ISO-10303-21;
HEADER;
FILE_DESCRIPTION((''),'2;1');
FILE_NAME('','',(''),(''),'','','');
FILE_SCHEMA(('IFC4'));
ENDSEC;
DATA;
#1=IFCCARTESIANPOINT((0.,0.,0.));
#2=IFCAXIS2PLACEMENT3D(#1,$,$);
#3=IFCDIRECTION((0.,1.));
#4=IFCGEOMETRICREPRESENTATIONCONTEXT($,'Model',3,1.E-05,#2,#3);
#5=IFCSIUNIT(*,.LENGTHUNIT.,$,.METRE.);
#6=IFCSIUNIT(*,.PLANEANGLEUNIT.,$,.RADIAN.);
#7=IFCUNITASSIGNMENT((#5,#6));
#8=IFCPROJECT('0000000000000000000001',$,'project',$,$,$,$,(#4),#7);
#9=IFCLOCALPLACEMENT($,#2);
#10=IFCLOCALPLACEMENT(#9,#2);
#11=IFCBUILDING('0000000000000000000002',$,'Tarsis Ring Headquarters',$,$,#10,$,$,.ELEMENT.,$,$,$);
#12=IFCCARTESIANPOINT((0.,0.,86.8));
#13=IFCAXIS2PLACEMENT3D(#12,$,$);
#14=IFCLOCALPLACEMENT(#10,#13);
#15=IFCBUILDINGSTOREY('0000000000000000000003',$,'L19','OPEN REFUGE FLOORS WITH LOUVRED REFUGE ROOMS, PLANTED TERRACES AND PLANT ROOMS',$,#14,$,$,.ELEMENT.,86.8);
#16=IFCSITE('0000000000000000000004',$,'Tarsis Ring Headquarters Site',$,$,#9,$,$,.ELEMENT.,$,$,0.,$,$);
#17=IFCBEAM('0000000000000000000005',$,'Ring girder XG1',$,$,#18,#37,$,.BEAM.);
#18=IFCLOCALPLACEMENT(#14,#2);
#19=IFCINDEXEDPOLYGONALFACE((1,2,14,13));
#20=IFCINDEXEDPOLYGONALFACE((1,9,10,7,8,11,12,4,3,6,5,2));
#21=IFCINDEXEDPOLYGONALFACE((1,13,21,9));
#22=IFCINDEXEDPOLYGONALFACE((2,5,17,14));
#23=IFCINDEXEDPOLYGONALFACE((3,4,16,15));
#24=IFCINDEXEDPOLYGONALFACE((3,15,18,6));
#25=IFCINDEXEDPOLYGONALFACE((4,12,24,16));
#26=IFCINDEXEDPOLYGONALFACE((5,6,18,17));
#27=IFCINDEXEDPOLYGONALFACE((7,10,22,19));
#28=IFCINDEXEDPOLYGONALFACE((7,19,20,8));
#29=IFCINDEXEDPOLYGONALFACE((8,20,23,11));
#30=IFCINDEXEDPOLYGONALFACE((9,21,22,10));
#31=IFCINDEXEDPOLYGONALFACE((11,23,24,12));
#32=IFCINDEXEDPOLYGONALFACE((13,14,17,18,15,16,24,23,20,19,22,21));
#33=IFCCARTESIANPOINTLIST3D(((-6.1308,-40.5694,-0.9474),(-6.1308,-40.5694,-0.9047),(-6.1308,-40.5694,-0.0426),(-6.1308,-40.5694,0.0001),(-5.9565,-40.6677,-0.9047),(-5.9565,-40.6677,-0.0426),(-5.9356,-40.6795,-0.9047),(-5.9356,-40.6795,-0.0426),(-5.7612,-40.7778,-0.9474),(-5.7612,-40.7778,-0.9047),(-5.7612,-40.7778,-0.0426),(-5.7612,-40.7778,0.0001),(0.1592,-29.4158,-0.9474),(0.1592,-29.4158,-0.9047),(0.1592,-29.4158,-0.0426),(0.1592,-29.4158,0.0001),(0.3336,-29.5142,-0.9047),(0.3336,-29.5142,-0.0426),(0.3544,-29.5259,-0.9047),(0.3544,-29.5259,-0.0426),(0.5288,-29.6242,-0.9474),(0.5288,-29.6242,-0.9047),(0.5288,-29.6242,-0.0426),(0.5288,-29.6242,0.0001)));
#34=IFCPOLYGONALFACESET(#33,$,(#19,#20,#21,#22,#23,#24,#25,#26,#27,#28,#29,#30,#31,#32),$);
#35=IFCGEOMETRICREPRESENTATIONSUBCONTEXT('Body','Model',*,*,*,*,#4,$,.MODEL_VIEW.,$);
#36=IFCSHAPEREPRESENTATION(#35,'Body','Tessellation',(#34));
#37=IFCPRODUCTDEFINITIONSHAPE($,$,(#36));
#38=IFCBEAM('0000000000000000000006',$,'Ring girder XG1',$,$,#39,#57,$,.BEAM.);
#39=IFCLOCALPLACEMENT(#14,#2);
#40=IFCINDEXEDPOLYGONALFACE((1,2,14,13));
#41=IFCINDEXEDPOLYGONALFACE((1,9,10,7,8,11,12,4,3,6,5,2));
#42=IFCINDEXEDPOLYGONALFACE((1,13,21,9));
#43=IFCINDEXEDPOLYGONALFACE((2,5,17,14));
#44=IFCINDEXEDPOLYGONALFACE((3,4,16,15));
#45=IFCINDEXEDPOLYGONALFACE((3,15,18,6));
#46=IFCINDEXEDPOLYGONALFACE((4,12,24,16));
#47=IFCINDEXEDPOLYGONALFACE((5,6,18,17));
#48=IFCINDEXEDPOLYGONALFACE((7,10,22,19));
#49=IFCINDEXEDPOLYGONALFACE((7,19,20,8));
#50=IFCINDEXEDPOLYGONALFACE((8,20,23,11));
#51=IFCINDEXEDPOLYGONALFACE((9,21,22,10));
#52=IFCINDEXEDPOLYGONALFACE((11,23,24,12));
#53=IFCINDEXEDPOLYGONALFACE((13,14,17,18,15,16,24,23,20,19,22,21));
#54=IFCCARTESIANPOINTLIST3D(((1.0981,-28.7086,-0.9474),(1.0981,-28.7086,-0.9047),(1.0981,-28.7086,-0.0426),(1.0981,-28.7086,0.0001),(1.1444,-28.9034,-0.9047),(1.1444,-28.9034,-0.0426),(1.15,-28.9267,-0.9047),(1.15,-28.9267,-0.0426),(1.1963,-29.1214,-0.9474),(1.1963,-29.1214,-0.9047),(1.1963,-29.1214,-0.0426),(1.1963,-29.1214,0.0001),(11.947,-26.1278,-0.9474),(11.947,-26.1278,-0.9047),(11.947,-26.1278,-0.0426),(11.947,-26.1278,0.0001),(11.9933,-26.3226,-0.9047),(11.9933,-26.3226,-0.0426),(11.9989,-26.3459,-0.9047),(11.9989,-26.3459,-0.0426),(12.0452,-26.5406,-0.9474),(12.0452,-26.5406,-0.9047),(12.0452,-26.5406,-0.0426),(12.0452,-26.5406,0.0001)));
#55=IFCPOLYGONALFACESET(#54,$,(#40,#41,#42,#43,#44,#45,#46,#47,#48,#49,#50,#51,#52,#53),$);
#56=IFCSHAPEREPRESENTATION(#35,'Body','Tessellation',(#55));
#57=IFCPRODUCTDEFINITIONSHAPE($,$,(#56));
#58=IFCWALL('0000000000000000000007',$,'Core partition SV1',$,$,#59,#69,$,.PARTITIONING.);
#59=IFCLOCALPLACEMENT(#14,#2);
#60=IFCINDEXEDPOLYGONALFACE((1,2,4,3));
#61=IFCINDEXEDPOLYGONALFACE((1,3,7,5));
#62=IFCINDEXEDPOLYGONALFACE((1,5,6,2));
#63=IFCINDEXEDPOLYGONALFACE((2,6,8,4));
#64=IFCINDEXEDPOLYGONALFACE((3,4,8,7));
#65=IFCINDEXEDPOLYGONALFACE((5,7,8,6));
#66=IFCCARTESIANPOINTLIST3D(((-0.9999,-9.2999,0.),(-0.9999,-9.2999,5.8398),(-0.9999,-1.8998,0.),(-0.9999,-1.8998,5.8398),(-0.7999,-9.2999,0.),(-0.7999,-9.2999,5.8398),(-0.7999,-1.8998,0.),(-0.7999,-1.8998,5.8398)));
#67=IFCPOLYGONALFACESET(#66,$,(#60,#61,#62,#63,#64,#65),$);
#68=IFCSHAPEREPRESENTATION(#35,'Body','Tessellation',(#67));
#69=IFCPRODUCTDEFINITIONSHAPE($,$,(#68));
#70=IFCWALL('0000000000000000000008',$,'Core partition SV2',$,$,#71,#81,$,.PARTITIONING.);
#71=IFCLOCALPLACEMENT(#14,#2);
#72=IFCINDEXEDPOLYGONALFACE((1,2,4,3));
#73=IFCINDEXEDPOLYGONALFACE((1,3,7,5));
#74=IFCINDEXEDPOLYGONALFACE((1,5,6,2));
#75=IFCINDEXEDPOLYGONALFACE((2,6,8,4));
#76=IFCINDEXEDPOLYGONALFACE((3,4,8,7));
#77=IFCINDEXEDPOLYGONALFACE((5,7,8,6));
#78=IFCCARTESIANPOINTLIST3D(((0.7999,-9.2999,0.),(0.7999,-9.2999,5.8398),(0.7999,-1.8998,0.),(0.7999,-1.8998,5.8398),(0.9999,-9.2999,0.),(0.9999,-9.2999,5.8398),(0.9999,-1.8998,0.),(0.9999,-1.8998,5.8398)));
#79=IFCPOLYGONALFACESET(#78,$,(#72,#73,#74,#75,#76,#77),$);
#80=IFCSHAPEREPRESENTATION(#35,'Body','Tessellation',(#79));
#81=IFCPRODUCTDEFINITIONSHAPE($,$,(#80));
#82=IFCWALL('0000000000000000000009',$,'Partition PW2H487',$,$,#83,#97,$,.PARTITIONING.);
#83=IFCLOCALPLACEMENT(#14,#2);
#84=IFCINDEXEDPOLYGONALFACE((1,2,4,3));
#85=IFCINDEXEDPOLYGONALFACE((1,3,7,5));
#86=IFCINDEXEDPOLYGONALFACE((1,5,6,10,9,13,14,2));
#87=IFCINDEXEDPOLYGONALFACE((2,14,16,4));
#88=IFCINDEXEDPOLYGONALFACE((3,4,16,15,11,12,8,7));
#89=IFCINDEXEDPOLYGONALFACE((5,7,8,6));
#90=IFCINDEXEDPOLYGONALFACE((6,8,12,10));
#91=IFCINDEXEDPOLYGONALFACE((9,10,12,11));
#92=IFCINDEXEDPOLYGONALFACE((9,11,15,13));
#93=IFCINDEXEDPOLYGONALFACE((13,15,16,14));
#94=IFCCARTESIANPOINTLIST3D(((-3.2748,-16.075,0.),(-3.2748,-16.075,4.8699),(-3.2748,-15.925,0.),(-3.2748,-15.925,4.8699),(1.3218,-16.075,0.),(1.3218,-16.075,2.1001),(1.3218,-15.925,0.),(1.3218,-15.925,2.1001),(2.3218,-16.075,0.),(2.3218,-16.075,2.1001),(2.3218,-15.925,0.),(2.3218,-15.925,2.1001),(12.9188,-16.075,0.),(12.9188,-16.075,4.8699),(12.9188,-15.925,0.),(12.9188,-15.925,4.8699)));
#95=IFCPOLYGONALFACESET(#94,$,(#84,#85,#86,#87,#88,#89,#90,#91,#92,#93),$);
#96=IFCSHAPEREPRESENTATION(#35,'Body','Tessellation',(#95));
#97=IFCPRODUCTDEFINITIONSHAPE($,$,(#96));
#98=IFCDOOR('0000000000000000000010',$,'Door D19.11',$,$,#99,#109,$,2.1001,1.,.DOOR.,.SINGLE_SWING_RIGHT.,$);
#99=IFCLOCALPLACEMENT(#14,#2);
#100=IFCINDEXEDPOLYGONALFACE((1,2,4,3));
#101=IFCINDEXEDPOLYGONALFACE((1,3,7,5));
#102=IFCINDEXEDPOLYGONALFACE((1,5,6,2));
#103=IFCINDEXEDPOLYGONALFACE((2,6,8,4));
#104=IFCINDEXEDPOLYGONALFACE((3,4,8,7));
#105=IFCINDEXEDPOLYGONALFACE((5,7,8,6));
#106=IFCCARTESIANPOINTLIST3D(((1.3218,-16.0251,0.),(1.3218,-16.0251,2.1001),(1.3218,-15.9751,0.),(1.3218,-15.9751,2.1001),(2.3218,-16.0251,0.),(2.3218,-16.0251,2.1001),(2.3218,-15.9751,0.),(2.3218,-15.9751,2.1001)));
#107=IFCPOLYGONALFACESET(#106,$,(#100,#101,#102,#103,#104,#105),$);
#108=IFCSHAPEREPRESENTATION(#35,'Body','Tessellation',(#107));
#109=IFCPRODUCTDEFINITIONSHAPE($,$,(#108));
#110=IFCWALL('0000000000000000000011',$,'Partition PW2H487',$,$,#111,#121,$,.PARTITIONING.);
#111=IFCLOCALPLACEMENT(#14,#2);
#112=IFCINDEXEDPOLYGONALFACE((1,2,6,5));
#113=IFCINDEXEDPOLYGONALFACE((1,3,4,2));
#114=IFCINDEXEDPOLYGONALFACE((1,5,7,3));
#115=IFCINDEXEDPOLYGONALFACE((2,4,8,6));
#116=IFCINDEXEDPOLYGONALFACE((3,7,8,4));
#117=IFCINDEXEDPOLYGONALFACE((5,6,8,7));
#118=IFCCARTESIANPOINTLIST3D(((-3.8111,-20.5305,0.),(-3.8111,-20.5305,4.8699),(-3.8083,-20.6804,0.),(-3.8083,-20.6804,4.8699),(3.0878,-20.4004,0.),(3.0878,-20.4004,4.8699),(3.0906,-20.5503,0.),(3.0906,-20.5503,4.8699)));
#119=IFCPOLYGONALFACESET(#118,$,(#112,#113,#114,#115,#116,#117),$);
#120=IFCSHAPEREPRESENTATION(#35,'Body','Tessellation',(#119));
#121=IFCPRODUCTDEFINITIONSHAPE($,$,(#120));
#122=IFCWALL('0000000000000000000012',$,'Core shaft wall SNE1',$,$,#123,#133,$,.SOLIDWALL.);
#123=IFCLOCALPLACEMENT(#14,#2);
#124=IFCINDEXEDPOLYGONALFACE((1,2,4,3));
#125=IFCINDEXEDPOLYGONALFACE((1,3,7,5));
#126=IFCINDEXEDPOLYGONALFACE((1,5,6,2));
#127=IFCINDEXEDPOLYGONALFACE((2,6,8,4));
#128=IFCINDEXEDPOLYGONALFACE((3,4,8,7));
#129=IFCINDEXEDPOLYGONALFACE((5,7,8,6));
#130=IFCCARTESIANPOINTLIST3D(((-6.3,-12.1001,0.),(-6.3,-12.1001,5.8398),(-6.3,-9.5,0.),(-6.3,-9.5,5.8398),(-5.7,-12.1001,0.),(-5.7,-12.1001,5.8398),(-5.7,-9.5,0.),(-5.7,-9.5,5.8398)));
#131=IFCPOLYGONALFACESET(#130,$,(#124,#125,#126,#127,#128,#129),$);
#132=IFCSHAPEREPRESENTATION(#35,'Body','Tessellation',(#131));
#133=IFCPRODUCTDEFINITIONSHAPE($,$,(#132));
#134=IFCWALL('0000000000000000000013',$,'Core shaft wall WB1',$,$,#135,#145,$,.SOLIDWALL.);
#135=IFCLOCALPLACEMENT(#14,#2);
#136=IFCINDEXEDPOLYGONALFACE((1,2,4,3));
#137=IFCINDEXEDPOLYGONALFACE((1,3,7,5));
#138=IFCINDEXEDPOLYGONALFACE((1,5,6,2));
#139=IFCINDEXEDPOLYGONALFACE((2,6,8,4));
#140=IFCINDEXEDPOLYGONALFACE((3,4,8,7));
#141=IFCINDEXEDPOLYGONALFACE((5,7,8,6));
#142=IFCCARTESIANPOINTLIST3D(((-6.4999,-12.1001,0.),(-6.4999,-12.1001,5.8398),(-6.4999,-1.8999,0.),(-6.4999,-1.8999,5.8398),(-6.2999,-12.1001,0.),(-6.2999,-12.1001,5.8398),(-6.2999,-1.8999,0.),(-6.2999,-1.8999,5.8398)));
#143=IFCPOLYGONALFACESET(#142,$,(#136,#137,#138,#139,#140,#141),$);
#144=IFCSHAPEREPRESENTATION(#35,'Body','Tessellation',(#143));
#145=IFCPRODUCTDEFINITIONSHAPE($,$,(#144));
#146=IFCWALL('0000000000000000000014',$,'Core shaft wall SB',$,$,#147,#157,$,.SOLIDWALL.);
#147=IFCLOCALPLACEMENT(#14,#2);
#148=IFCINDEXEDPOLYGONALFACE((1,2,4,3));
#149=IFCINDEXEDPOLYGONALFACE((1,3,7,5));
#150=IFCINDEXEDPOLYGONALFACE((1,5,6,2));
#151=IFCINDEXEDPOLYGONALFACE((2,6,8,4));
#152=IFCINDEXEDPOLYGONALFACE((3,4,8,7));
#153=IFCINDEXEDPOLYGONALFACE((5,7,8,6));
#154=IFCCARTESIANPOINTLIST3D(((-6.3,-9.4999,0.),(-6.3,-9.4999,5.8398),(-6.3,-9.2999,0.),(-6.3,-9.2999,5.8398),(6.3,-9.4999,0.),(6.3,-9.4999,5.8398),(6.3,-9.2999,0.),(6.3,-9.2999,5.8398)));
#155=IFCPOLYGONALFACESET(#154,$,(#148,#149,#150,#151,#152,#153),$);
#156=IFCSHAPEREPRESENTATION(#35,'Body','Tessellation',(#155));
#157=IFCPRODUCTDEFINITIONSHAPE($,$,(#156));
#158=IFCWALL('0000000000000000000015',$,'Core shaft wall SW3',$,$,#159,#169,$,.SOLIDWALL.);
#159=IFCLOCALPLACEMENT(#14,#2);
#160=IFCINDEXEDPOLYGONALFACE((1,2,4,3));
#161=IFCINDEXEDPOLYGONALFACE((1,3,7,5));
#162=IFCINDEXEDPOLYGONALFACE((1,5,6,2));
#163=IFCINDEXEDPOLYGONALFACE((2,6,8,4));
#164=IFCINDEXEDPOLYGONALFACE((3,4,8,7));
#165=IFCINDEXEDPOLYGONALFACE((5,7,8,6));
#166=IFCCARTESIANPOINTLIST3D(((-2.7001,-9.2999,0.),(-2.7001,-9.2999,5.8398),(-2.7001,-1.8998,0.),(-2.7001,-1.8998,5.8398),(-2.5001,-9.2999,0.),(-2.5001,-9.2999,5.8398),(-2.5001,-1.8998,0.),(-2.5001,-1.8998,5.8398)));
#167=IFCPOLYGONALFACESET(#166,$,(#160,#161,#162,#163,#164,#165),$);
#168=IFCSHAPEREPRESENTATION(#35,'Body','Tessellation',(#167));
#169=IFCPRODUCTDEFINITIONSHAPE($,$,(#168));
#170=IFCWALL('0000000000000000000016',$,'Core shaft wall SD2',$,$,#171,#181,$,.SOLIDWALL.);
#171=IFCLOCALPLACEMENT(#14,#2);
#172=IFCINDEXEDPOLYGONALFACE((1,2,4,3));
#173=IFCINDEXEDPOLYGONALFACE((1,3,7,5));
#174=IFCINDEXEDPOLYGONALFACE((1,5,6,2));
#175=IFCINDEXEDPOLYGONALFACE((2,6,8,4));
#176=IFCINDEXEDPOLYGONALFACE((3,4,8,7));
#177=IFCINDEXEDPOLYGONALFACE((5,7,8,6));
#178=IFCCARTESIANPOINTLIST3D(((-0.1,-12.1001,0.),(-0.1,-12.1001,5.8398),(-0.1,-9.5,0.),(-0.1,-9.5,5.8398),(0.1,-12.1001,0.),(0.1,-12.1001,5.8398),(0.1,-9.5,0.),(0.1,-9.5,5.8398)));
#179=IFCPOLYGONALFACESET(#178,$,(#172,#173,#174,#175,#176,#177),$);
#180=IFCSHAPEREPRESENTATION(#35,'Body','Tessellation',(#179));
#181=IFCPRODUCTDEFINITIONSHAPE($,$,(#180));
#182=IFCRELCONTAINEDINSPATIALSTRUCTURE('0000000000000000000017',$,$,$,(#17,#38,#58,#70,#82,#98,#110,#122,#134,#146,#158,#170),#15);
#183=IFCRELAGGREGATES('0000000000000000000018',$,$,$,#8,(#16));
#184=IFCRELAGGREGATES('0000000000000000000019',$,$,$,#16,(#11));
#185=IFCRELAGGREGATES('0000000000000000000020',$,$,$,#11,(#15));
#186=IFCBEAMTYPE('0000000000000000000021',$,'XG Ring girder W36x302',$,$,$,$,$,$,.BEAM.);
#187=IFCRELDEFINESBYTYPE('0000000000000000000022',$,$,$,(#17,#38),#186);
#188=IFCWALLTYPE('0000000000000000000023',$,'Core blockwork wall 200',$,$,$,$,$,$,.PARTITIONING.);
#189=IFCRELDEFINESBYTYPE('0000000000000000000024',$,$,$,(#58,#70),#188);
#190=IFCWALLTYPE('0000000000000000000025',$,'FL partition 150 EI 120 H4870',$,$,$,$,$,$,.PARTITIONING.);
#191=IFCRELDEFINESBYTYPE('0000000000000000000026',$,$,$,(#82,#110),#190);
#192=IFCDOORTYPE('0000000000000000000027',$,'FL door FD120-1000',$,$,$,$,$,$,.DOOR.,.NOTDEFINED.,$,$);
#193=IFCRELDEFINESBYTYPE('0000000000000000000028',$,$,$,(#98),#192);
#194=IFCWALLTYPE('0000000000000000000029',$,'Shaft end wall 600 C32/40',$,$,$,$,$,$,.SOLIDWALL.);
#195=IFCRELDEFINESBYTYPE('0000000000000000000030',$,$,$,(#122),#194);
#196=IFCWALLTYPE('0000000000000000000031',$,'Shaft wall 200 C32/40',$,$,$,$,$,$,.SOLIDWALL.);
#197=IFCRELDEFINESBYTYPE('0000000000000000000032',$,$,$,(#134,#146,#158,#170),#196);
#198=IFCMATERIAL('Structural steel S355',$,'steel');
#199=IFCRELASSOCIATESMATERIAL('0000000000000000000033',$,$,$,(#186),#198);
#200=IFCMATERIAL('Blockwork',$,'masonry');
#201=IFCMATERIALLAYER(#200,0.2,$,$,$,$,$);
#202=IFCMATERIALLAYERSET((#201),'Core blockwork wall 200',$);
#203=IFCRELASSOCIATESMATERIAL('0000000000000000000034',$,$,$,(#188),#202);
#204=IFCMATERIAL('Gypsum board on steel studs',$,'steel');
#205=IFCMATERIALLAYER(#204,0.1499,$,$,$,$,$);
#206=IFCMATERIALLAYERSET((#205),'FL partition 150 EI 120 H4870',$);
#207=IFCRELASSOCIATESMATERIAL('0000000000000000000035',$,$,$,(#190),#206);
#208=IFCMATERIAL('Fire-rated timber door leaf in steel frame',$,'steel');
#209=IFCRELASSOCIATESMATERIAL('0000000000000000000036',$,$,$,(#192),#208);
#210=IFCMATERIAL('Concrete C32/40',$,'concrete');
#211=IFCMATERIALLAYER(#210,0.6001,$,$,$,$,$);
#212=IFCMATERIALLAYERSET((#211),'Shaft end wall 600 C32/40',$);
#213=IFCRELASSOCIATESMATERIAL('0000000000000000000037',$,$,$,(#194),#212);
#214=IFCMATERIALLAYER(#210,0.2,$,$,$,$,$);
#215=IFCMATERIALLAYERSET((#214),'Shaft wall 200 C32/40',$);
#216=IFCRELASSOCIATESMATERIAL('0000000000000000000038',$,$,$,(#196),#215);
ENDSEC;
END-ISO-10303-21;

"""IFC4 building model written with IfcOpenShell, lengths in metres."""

from ifc_helpers import new_model, si_unit, direction, frame, frame_2d, origin, origin_2d, place, context, subcontext, project, spatial, rectangle, i_section, extrude, material, layer, layer_set, material_profile, profile_set, type_object, element, fill, save


model = new_model("IFC4")

# Units and contexts
model_context = context("Model", 3, precision=1e-05, world=origin(), true_north=direction((0.0, 1.0)))
body_context = subcontext(model_context, "Body", "Model", "MODEL_VIEW")
ifc_project = project(units=[si_unit("LENGTHUNIT", "METRE"), si_unit("PLANEANGLEUNIT", "RADIAN")], contexts=[model_context])

# Site, building, storey
site_placement = place(None, origin())
site = spatial("IfcSite", under=ifc_project, at=site_placement, Name="Tarsis Ring Headquarters Site", CompositionType="ELEMENT", RefElevation=0.0)
building_placement = place(site_placement, origin())
building = spatial("IfcBuilding", under=site, at=building_placement, Name="Tarsis Ring Headquarters", CompositionType="ELEMENT")
storey_placement = place(building_placement, frame((0.0, 0.0, 86.8)))
storey = spatial("IfcBuildingStorey", under=building, at=storey_placement, Name="L19", Description="OPEN REFUGE FLOORS WITH LOUVRED REFUGE ROOMS, PLANTED TERRACES AND PLANT ROOMS", CompositionType="ELEMENT", Elevation=86.8)

# Shared definitions
ifc_material_1 = material(Name="Structural steel S355", Category="steel")

# Beams
ifc_material_profile_1 = material_profile(ifc_material_1, i_section(OverallWidth=0.4243, OverallDepth=0.9475, WebThickness=0.0239, FlangeThickness=0.0427, at=origin_2d()), Name="W36x302")
ifc_profile_set_1 = profile_set([ifc_material_profile_1], Name="Structural steel S355")
beam_type_1 = type_object("IfcBeamType", Name="XG Ring girder W36x302", PredefinedType="BEAM", material=ifc_profile_set_1)
beam_1_placement = place(storey_placement, frame((-5.946, -40.6736, -0.4736), z_axis=(0.49122, 0.871036, 0.0), x_axis=(-0.871036, 0.49122, 0.0)))
element("IfcBeam", 1, at=beam_1_placement, inside=storey, type_object=beam_type_1, Name="Ring girder XG1", PredefinedType="BEAM", context=body_context, shape_type="SweptSolid", body=[
    extrude(i_section(OverallWidth=0.4243, OverallDepth=0.9475, WebThickness=0.0239, FlangeThickness=0.0427, at=origin_2d()), origin(), (0.0, 0.0, 1.0), 12.8049),
])
beam_2_placement = place(storey_placement, frame((1.1472, -28.915, -0.4736), z_axis=(0.972852, 0.231429, 0.0), x_axis=(-0.231429, 0.972852, 0.0)))
element("IfcBeam", 2, at=beam_2_placement, inside=storey, type_object=beam_type_1, Name="Ring girder XG1", PredefinedType="BEAM", context=body_context, shape_type="SweptSolid", body=[
    extrude(i_section(OverallWidth=0.4243, OverallDepth=0.9475, WebThickness=0.0239, FlangeThickness=0.0427, at=origin_2d()), origin(), (0.0, 0.0, 1.0), 11.1516),
])

# Walls
ifc_material_2 = material(Name="Blockwork", Category="masonry")
ifc_layer_1 = layer(ifc_material_2, 0.2)
ifc_layer_set_1 = layer_set([ifc_layer_1], Name="Core blockwork wall 200")
wall_type_1 = type_object("IfcWallType", Name="Core blockwork wall 200", PredefinedType="PARTITIONING", material=ifc_layer_set_1)
for number, where, z_axis, x_axis, name in (
    (3, (-0.8999, -9.3, 0.0), (0.0, 0.0, 1.0), (0.0, 1.0, 0.0), "Core partition SV1"),
    (4, (0.8999, -9.3, 0.0), (0.0, 0.0, 1.0), (0.0, 1.0, 0.0), "Core partition SV2"),
):
    element("IfcWall", number, at=place(storey_placement, frame(where, z_axis=z_axis, x_axis=x_axis)), inside=storey, type_object=wall_type_1, Name=name, PredefinedType="PARTITIONING", context=body_context, shape_type="SweptSolid", body=[
        extrude(rectangle(XDim=7.4001, YDim=0.2, at=frame_2d((3.7002, 0.0))), origin(), (0.0, 0.0, 1.0), 5.8398),
    ])

# Wall, opening, door
ifc_material_3 = material(Name="Gypsum board on steel studs", Category="steel")
ifc_layer_2 = layer(ifc_material_3, 0.1499)
ifc_layer_set_2 = layer_set([ifc_layer_2], Name="FL partition 150 EI 120 H4870")
wall_type_2 = type_object("IfcWallType", Name="FL partition 150 EI 120 H4870", PredefinedType="PARTITIONING", material=ifc_layer_set_2)
wall_1_placement = place(storey_placement, frame((-3.2747, -16.0, 0.0), z_axis=(0.0, 0.0, 1.0), x_axis=(1.0, 0.0, 0.0)))
wall_1 = element("IfcWall", 5, at=wall_1_placement, inside=storey, type_object=wall_type_2, Name="Partition PW2H487", PredefinedType="PARTITIONING", context=body_context, shape_type="SweptSolid", body=[
    extrude(rectangle(XDim=16.1936, YDim=0.1499, at=frame_2d((8.0967, 0.0))), origin(), (0.0, 0.0, 1.0), 4.8699),
])
opening_placement = place(wall_1_placement, frame((4.5964, 0.0, 0.0)))
opening = element("IfcOpeningElement", 6, at=opening_placement, cuts=wall_1, PredefinedType="OPENING", context=body_context, shape_type="SweptSolid", body=[
    extrude(rectangle(XDim=1.0, YDim=2.1001, at=frame_2d((0.5, 1.05))), frame((0.0, 0.085, 0.0), z_axis=(0.0, -1.0, 0.0), x_axis=(1.0, 0.0, 0.0)), (0.0, 0.0, 1.0), 0.1699),
])
ifc_material_4 = material(Name="Fire-rated timber door leaf in steel frame", Category="steel")
door_type = type_object("IfcDoorType", Name="FL door FD120-1000", OperationType="NOTDEFINED", PredefinedType="DOOR", material=ifc_material_4)
door_placement = place(opening_placement, origin())
door = element("IfcDoor", 7, at=door_placement, inside=storey, type_object=door_type, Name="Door D19.11", OperationType="SINGLE_SWING_RIGHT", OverallHeight=2.1001, OverallWidth=1.0, PredefinedType="DOOR", context=body_context, shape_type="SweptSolid", body=[
    extrude(rectangle(XDim=1.0, YDim=2.1001, at=frame_2d((0.5, 1.05))), frame((0.0, 0.0249, 0.0), z_axis=(0.0, -1.0, 0.0), x_axis=(1.0, 0.0, 0.0)), (0.0, 0.0, 1.0), 0.05),
])
fill(opening, door)

# Walls
wall_2_placement = place(storey_placement, frame((-3.8098, -20.6055, 0.0), z_axis=(0.0, 0.0, 1.0), x_axis=(0.999822, 0.018859, 0.0)))
element("IfcWall", 8, at=wall_2_placement, inside=storey, type_object=wall_type_2, Name="Partition PW2H487", PredefinedType="PARTITIONING", context=body_context, shape_type="SweptSolid", body=[
    extrude(rectangle(XDim=6.9001, YDim=0.1499, at=frame_2d((3.4502, 0.0))), origin(), (0.0, 0.0, 1.0), 4.8699),
])
ifc_material_5 = material(Name="Concrete C32/40", Category="concrete")
ifc_layer_3 = layer(ifc_material_5, 0.6001)
ifc_layer_set_3 = layer_set([ifc_layer_3], Name="Shaft end wall 600 C32/40")
wall_type_3 = type_object("IfcWallType", Name="Shaft end wall 600 C32/40", PredefinedType="SOLIDWALL", material=ifc_layer_set_3)
wall_3_placement = place(storey_placement, frame((-6.0, -12.1001, 0.0), z_axis=(0.0, 0.0, 1.0), x_axis=(0.0, 1.0, 0.0)))
element("IfcWall", 9, at=wall_3_placement, inside=storey, type_object=wall_type_3, Name="Core shaft wall SNE1", PredefinedType="SOLIDWALL", context=body_context, shape_type="SweptSolid", body=[
    extrude(rectangle(XDim=2.6001, YDim=0.6001, at=frame_2d((1.3, 0.0))), origin(), (0.0, 0.0, 1.0), 5.8398),
])
ifc_layer_4 = layer(ifc_material_5, 0.2)
ifc_layer_set_4 = layer_set([ifc_layer_4], Name="Shaft wall 200 C32/40")
wall_type_4 = type_object("IfcWallType", Name="Shaft wall 200 C32/40", PredefinedType="SOLIDWALL", material=ifc_layer_set_4)
wall_4_placement = place(storey_placement, frame((-6.3999, -12.1001, 0.0), z_axis=(0.0, 0.0, 1.0), x_axis=(0.0, 1.0, 0.0)))
element("IfcWall", 10, at=wall_4_placement, inside=storey, type_object=wall_type_4, Name="Core shaft wall WB1", PredefinedType="SOLIDWALL", context=body_context, shape_type="SweptSolid", body=[
    extrude(rectangle(XDim=10.2002, YDim=0.2, at=frame_2d((5.1001, 0.0))), origin(), (0.0, 0.0, 1.0), 5.8398),
])
wall_5_placement = place(storey_placement, frame((-6.3, -9.3999, 0.0), z_axis=(0.0, 0.0, 1.0), x_axis=(1.0, 0.0, 0.0)))
element("IfcWall", 11, at=wall_5_placement, inside=storey, type_object=wall_type_4, Name="Core shaft wall SB", PredefinedType="SOLIDWALL", context=body_context, shape_type="SweptSolid", body=[
    extrude(rectangle(XDim=12.6001, YDim=0.2, at=frame_2d((6.3, 0.0))), origin(), (0.0, 0.0, 1.0), 5.8398),
])
wall_6_placement = place(storey_placement, frame((-2.6001, -9.3, 0.0), z_axis=(0.0, 0.0, 1.0), x_axis=(0.0, 1.0, 0.0)))
element("IfcWall", 12, at=wall_6_placement, inside=storey, type_object=wall_type_4, Name="Core shaft wall SW3", PredefinedType="SOLIDWALL", context=body_context, shape_type="SweptSolid", body=[
    extrude(rectangle(XDim=7.4001, YDim=0.2, at=frame_2d((3.7002, 0.0))), origin(), (0.0, 0.0, 1.0), 5.8398),
])
wall_7_placement = place(storey_placement, frame((0.0, -12.1001, 0.0), z_axis=(0.0, 0.0, 1.0), x_axis=(0.0, 1.0, 0.0)))
element("IfcWall", 13, at=wall_7_placement, inside=storey, type_object=wall_type_4, Name="Core shaft wall SD2", PredefinedType="SOLIDWALL", context=body_context, shape_type="SweptSolid", body=[
    extrude(rectangle(XDim=2.6001, YDim=0.2, at=frame_2d((1.3, 0.0))), origin(), (0.0, 0.0, 1.0), 5.8398),
])

save(model, "model.ifc")
